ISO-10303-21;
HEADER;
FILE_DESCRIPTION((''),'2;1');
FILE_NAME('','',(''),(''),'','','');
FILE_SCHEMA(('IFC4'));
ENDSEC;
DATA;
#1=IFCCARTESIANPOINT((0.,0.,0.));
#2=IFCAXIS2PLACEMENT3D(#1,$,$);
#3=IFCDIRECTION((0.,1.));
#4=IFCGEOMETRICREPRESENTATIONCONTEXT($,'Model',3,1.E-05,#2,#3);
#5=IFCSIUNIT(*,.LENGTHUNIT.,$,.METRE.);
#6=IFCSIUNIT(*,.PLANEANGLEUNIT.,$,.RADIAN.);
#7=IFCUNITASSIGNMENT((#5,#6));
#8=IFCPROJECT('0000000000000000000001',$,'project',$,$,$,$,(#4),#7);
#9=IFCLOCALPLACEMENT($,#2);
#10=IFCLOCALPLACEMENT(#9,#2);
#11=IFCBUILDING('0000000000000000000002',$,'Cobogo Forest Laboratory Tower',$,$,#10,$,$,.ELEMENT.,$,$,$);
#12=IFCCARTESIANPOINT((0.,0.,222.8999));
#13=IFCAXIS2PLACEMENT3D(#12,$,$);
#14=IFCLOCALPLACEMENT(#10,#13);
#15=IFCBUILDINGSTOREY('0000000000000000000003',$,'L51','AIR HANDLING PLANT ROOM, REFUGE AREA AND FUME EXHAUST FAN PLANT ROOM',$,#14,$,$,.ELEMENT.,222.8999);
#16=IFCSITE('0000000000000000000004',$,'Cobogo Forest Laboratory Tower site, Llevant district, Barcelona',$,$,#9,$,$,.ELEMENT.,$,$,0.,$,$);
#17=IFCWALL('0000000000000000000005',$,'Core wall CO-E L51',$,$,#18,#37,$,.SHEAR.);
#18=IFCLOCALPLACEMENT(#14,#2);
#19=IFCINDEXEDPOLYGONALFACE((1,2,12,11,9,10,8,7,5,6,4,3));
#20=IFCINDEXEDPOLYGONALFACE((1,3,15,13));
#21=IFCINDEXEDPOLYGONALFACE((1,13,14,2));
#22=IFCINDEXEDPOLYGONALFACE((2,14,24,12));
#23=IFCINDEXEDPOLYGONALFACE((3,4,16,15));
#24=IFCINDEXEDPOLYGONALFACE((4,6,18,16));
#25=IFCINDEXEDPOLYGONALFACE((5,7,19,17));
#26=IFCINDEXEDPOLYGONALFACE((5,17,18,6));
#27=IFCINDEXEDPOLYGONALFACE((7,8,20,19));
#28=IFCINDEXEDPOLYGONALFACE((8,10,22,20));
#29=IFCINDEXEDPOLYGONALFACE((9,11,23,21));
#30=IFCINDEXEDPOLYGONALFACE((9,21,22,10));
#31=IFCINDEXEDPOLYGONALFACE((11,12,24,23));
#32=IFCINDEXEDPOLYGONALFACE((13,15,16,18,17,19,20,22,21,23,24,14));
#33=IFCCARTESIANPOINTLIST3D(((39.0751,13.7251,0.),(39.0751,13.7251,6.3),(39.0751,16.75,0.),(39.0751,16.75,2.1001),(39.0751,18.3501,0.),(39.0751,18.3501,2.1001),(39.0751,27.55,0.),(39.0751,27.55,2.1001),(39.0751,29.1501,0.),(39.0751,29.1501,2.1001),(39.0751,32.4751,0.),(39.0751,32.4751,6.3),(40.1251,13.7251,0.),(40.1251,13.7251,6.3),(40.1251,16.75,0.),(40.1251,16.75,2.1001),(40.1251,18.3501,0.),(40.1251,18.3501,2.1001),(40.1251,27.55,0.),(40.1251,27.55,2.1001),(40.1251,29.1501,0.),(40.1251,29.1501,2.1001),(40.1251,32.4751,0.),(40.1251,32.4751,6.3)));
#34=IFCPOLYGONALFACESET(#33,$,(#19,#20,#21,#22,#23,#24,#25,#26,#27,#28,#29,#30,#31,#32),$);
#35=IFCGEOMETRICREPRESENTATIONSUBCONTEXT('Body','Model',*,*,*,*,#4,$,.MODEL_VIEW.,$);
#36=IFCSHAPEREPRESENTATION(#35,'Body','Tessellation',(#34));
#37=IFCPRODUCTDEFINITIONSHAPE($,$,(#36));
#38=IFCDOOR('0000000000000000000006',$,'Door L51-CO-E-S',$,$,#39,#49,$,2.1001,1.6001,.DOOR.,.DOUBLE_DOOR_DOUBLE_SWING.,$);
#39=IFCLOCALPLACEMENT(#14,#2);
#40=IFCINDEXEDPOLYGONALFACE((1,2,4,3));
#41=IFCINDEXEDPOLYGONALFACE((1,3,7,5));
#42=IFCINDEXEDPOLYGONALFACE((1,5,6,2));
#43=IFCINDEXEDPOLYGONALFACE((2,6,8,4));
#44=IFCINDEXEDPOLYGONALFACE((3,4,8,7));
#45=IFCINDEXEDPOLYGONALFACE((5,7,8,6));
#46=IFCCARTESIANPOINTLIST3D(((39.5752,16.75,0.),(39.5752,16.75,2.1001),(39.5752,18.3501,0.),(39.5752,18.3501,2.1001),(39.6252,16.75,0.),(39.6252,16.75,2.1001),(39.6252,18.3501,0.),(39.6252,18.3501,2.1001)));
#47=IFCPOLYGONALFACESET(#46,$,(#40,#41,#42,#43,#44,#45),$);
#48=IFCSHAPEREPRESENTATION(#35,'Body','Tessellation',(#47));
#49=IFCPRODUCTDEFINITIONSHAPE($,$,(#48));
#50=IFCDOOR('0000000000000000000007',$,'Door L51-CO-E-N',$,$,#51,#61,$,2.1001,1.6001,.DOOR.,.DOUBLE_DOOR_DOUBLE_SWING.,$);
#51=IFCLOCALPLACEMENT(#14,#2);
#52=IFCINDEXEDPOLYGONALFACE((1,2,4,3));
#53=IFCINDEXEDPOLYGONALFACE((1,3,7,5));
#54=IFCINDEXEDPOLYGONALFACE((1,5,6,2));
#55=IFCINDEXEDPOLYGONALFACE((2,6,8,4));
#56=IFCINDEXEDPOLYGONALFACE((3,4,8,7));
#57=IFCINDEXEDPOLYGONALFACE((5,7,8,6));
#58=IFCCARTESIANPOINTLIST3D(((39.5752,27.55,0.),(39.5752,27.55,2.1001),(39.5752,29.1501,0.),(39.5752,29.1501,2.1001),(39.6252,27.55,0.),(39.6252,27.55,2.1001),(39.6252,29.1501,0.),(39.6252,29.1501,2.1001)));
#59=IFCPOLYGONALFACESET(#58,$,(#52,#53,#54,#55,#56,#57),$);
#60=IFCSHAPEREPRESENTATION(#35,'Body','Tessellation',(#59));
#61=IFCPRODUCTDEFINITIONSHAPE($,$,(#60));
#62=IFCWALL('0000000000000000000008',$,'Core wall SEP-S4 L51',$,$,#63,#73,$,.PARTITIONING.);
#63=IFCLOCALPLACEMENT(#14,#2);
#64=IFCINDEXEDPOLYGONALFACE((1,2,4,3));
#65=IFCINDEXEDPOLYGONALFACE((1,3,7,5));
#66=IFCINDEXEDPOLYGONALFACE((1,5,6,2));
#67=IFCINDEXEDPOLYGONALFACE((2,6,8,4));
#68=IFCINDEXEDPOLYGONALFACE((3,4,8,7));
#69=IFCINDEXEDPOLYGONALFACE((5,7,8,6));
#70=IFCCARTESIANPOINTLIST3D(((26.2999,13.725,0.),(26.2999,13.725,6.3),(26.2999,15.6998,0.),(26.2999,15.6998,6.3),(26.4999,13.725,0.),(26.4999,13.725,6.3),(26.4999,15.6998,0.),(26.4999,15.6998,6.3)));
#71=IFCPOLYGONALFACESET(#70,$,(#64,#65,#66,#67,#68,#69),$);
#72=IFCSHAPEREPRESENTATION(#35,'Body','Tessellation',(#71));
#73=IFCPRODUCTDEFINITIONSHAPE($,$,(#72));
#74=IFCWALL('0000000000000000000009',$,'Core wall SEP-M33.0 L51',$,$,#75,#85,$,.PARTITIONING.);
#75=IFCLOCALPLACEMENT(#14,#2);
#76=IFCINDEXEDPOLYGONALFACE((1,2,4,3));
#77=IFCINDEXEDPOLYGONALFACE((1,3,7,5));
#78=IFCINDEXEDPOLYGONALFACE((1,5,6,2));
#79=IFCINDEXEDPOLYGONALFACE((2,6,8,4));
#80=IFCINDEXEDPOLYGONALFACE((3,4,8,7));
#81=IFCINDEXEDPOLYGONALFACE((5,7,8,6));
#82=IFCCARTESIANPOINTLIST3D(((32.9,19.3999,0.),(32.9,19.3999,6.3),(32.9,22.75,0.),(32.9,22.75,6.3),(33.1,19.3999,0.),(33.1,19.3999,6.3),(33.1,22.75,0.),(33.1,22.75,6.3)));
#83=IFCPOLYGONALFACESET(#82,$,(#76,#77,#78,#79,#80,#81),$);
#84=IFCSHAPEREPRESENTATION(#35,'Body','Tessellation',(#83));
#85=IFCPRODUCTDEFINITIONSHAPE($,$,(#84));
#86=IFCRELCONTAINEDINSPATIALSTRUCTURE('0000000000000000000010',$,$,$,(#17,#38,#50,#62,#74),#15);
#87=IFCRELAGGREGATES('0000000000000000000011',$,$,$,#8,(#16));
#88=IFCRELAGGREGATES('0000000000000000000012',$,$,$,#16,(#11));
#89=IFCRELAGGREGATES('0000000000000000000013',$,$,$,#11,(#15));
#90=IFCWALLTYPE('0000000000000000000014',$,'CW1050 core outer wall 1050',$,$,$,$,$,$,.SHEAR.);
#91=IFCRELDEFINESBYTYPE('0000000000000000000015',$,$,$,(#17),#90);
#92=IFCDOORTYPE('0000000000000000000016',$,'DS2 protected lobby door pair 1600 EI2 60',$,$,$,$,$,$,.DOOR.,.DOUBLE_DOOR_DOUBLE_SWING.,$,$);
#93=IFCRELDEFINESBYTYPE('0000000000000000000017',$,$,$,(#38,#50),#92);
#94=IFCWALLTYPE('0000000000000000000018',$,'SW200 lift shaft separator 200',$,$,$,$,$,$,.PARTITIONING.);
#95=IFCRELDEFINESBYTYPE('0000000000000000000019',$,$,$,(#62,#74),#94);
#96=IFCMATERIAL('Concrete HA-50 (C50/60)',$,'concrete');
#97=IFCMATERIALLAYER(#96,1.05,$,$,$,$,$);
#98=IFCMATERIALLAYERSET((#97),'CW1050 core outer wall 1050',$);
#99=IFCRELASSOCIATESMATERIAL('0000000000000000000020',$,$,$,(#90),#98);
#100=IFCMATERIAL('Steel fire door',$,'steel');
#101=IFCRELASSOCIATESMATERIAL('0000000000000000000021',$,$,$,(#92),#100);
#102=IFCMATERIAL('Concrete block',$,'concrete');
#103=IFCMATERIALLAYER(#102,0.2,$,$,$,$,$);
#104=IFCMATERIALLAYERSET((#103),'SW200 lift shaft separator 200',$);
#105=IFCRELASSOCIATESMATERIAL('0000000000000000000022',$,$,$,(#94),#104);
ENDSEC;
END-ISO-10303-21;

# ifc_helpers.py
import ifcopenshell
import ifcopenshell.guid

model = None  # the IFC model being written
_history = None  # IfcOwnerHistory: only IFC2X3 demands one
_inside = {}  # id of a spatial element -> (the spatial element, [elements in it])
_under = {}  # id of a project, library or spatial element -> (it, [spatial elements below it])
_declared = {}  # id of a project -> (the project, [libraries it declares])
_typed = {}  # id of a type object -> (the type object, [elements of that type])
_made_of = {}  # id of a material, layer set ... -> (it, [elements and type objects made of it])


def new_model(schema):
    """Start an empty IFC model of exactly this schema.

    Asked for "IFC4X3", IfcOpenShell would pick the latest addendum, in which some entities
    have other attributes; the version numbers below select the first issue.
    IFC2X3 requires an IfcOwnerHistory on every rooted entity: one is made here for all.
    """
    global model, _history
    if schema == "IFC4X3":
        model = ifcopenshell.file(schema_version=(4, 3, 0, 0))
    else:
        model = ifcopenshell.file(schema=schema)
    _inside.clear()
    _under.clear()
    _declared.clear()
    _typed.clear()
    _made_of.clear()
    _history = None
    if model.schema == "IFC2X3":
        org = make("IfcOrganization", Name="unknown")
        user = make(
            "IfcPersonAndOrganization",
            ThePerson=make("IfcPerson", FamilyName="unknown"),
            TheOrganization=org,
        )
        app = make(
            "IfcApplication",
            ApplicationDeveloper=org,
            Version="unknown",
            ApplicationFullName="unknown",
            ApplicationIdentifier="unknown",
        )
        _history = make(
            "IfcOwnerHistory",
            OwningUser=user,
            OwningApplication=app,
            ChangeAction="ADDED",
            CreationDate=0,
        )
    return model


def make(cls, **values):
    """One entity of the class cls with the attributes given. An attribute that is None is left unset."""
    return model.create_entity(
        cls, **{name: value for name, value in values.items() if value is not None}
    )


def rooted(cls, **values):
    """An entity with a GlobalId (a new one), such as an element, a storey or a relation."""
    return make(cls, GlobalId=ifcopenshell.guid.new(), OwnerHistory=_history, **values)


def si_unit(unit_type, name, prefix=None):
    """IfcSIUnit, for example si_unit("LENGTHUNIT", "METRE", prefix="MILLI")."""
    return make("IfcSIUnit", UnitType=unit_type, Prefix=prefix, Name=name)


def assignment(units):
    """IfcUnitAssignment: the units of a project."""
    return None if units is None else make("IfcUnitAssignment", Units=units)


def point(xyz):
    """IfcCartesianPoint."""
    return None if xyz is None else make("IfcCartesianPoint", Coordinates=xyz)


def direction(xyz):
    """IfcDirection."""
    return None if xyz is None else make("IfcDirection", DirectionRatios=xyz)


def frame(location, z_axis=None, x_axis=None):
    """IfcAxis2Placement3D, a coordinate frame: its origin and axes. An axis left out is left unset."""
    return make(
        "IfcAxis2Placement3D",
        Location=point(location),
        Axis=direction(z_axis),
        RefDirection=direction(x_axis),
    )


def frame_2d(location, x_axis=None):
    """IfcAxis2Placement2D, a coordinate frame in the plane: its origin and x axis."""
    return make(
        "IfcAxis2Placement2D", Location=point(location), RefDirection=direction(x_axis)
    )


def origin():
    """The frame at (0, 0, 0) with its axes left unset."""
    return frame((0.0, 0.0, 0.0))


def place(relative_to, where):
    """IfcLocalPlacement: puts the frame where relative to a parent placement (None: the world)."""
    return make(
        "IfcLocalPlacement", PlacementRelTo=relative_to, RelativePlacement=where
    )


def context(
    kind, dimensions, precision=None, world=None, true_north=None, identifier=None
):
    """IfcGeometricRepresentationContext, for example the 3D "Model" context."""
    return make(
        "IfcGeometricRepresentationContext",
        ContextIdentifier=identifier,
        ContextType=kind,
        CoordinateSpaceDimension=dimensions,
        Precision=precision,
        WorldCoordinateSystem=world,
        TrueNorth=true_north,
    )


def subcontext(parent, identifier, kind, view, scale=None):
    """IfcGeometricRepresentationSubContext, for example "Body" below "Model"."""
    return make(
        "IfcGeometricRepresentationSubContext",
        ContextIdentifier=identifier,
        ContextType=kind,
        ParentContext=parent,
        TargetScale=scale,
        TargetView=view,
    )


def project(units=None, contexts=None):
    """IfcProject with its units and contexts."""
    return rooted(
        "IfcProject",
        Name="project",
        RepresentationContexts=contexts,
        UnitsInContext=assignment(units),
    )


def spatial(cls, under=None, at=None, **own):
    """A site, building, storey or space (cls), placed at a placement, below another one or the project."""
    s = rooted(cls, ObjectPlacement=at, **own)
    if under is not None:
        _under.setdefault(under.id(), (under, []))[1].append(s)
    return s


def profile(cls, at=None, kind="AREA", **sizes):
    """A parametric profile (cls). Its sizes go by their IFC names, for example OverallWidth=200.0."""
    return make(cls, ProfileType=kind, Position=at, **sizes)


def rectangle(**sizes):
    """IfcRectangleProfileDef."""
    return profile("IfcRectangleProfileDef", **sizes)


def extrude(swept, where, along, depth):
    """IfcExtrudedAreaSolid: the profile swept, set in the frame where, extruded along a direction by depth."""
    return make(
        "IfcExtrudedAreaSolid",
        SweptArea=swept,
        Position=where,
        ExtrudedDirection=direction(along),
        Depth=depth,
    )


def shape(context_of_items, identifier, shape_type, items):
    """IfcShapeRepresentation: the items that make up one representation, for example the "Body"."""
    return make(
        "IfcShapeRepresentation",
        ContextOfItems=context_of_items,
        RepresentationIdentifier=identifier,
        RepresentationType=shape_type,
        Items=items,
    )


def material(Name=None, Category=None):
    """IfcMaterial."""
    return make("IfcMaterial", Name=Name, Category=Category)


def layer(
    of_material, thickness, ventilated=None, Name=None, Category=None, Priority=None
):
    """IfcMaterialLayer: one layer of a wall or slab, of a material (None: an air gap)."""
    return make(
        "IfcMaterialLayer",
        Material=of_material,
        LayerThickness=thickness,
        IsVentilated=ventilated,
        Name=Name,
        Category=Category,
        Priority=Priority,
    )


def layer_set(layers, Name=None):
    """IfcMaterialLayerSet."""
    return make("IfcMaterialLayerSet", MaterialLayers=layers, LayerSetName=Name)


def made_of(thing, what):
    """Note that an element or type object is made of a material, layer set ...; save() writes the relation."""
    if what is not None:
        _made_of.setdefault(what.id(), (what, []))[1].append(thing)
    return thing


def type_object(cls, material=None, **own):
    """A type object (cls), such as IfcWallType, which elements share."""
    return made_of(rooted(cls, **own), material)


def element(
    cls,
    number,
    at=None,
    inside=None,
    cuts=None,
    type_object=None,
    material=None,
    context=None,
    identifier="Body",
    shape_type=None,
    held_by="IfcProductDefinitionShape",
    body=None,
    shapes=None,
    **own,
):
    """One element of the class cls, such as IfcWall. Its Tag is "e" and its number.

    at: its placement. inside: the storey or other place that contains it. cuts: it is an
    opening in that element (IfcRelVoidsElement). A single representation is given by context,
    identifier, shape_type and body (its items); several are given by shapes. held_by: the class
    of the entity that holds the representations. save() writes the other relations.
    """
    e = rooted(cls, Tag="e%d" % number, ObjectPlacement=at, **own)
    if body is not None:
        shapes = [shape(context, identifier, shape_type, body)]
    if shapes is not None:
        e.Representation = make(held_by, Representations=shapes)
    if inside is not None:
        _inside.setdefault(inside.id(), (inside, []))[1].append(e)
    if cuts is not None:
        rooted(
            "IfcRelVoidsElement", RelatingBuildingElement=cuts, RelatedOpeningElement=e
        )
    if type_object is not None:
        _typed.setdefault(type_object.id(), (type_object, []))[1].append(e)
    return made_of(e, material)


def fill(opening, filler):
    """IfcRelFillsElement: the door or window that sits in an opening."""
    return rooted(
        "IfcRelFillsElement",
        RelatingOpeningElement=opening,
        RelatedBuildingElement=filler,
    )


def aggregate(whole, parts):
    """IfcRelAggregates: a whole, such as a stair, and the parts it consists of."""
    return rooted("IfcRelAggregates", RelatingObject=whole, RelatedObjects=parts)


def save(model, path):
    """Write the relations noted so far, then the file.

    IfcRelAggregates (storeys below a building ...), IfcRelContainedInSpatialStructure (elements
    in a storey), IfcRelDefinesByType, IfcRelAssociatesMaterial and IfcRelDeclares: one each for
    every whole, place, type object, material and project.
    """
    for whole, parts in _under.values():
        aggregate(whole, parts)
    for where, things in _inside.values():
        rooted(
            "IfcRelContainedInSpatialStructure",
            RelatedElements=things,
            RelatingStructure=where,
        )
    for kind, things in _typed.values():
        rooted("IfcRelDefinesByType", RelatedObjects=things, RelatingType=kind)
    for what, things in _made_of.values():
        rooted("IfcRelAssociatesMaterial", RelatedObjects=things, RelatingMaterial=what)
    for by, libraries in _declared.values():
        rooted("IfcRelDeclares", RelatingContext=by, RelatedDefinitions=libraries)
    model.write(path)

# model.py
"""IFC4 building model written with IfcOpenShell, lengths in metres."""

from ifc_helpers import new_model, si_unit, direction, frame, frame_2d, origin, place, context, subcontext, project, spatial, rectangle, extrude, material, layer, layer_set, type_object, element, fill, save


model = new_model("IFC4")

# Units and contexts
model_context = context("Model", 3, precision=1e-05, world=origin(), true_north=direction((0.0, 1.0)))
body_context = subcontext(model_context, "Body", "Model", "MODEL_VIEW")
ifc_project = project(units=[si_unit("LENGTHUNIT", "METRE"), si_unit("PLANEANGLEUNIT", "RADIAN")], contexts=[model_context])

# Site, building, storey
site_placement = place(None, origin())
site = spatial("IfcSite", under=ifc_project, at=site_placement, Name="Cobogo Forest Laboratory Tower site, Llevant district, Barcelona", CompositionType="ELEMENT", RefElevation=0.0)
building_placement = place(site_placement, origin())
building = spatial("IfcBuilding", under=site, at=building_placement, Name="Cobogo Forest Laboratory Tower", CompositionType="ELEMENT")
storey_placement = place(building_placement, frame((0.0, 0.0, 222.8999)))
storey = spatial("IfcBuildingStorey", under=building, at=storey_placement, Name="L51", Description="AIR HANDLING PLANT ROOM, REFUGE AREA AND FUME EXHAUST FAN PLANT ROOM", CompositionType="ELEMENT", Elevation=222.8999)

# Shared definitions
ifc_material_1 = material(Name="Concrete HA-50 (C50/60)", Category="concrete")

# Wall, openings, doors
ifc_layer_1 = layer(ifc_material_1, 1.05)
ifc_layer_set_1 = layer_set([ifc_layer_1], Name="CW1050 core outer wall 1050")
wall_type_1 = type_object("IfcWallType", Name="CW1050 core outer wall 1050", PredefinedType="SHEAR", material=ifc_layer_set_1)
wall_1_placement = place(storey_placement, frame((39.6001, 13.7251, 0.0), z_axis=(0.0, 0.0, 1.0), x_axis=(0.0, 1.0, 0.0)))
wall_1 = element("IfcWall", 1, at=wall_1_placement, inside=storey, type_object=wall_type_1, Name="Core wall CO-E L51", PredefinedType="SHEAR", context=body_context, shape_type="SweptSolid", body=[
    extrude(rectangle(XDim=18.75, YDim=1.05, at=frame_2d((9.375, 0.0))), origin(), (0.0, 0.0, 1.0), 6.3),
])
opening_1_placement = place(wall_1_placement, frame((3.0249, 0.0, 0.0)))
opening_1 = element("IfcOpeningElement", 2, at=opening_1_placement, cuts=wall_1, PredefinedType="OPENING", context=body_context, shape_type="SweptSolid", body=[
    extrude(rectangle(XDim=1.6001, YDim=2.1001, at=frame_2d((0.8, 1.05))), frame((0.0, 0.5349, 0.0), z_axis=(0.0, -1.0, 0.0), x_axis=(1.0, 0.0, 0.0)), (0.0, 0.0, 1.0), 1.0701),
])
opening_2_placement = place(wall_1_placement, frame((13.825, 0.0, 0.0)))
opening_2 = element("IfcOpeningElement", 3, at=opening_2_placement, cuts=wall_1, PredefinedType="OPENING", context=body_context, shape_type="SweptSolid", body=[
    extrude(rectangle(XDim=1.6001, YDim=2.1001, at=frame_2d((0.8, 1.05))), frame((0.0, 0.5349, 0.0), z_axis=(0.0, -1.0, 0.0), x_axis=(1.0, 0.0, 0.0)), (0.0, 0.0, 1.0), 1.0701),
])
ifc_material_2 = material(Name="Steel fire door", Category="steel")
door_type_1 = type_object("IfcDoorType", Name="DS2 protected lobby door pair 1600 EI2 60", OperationType="DOUBLE_DOOR_DOUBLE_SWING", PredefinedType="DOOR", material=ifc_material_2)
door_1_placement = place(opening_1_placement, origin())
door_1 = element("IfcDoor", 4, at=door_1_placement, inside=storey, type_object=door_type_1, Name="Door L51-CO-E-S", OperationType="DOUBLE_DOOR_DOUBLE_SWING", OverallHeight=2.1001, OverallWidth=1.6001, PredefinedType="DOOR", context=body_context, shape_type="SweptSolid", body=[
    extrude(rectangle(XDim=1.6001, YDim=2.1001, at=frame_2d((0.8, 1.05))), frame((0.0, 0.0249, 0.0), z_axis=(0.0, -1.0, 0.0), x_axis=(1.0, 0.0, 0.0)), (0.0, 0.0, 1.0), 0.05),
])
fill(opening_1, door_1)
door_2_placement = place(opening_2_placement, origin())
door_2 = element("IfcDoor", 5, at=door_2_placement, inside=storey, type_object=door_type_1, Name="Door L51-CO-E-N", OperationType="DOUBLE_DOOR_DOUBLE_SWING", OverallHeight=2.1001, OverallWidth=1.6001, PredefinedType="DOOR", context=body_context, shape_type="SweptSolid", body=[
    extrude(rectangle(XDim=1.6001, YDim=2.1001, at=frame_2d((0.8, 1.05))), frame((0.0, 0.0249, 0.0), z_axis=(0.0, -1.0, 0.0), x_axis=(1.0, 0.0, 0.0)), (0.0, 0.0, 1.0), 0.05),
])
fill(opening_2, door_2)

# Walls
ifc_material_3 = material(Name="Concrete block", Category="concrete")
ifc_layer_2 = layer(ifc_material_3, 0.2)
ifc_layer_set_2 = layer_set([ifc_layer_2], Name="SW200 lift shaft separator 200")
wall_type_2 = type_object("IfcWallType", Name="SW200 lift shaft separator 200", PredefinedType="PARTITIONING", material=ifc_layer_set_2)
wall_2_placement = place(storey_placement, frame((26.3999, 13.7251, 0.0), z_axis=(0.0, 0.0, 1.0), x_axis=(0.0, 1.0, 0.0)))
element("IfcWall", 6, at=wall_2_placement, inside=storey, type_object=wall_type_2, Name="Core wall SEP-S4 L51", PredefinedType="PARTITIONING", context=body_context, shape_type="SweptSolid", body=[
    extrude(rectangle(XDim=1.9749, YDim=0.2, at=frame_2d((0.9873, 0.0))), origin(), (0.0, 0.0, 1.0), 6.3),
])
wall_3_placement = place(storey_placement, frame((33.0, 19.3999, 0.0), z_axis=(0.0, 0.0, 1.0), x_axis=(0.0, 1.0, 0.0)))
element("IfcWall", 7, at=wall_3_placement, inside=storey, type_object=wall_type_2, Name="Core wall SEP-M33.0 L51", PredefinedType="PARTITIONING", context=body_context, shape_type="SweptSolid", body=[
    extrude(rectangle(XDim=3.3501, YDim=0.2, at=frame_2d((1.675, 0.0))), origin(), (0.0, 0.0, 1.0), 6.3),
])

save(model, "model.ifc")
